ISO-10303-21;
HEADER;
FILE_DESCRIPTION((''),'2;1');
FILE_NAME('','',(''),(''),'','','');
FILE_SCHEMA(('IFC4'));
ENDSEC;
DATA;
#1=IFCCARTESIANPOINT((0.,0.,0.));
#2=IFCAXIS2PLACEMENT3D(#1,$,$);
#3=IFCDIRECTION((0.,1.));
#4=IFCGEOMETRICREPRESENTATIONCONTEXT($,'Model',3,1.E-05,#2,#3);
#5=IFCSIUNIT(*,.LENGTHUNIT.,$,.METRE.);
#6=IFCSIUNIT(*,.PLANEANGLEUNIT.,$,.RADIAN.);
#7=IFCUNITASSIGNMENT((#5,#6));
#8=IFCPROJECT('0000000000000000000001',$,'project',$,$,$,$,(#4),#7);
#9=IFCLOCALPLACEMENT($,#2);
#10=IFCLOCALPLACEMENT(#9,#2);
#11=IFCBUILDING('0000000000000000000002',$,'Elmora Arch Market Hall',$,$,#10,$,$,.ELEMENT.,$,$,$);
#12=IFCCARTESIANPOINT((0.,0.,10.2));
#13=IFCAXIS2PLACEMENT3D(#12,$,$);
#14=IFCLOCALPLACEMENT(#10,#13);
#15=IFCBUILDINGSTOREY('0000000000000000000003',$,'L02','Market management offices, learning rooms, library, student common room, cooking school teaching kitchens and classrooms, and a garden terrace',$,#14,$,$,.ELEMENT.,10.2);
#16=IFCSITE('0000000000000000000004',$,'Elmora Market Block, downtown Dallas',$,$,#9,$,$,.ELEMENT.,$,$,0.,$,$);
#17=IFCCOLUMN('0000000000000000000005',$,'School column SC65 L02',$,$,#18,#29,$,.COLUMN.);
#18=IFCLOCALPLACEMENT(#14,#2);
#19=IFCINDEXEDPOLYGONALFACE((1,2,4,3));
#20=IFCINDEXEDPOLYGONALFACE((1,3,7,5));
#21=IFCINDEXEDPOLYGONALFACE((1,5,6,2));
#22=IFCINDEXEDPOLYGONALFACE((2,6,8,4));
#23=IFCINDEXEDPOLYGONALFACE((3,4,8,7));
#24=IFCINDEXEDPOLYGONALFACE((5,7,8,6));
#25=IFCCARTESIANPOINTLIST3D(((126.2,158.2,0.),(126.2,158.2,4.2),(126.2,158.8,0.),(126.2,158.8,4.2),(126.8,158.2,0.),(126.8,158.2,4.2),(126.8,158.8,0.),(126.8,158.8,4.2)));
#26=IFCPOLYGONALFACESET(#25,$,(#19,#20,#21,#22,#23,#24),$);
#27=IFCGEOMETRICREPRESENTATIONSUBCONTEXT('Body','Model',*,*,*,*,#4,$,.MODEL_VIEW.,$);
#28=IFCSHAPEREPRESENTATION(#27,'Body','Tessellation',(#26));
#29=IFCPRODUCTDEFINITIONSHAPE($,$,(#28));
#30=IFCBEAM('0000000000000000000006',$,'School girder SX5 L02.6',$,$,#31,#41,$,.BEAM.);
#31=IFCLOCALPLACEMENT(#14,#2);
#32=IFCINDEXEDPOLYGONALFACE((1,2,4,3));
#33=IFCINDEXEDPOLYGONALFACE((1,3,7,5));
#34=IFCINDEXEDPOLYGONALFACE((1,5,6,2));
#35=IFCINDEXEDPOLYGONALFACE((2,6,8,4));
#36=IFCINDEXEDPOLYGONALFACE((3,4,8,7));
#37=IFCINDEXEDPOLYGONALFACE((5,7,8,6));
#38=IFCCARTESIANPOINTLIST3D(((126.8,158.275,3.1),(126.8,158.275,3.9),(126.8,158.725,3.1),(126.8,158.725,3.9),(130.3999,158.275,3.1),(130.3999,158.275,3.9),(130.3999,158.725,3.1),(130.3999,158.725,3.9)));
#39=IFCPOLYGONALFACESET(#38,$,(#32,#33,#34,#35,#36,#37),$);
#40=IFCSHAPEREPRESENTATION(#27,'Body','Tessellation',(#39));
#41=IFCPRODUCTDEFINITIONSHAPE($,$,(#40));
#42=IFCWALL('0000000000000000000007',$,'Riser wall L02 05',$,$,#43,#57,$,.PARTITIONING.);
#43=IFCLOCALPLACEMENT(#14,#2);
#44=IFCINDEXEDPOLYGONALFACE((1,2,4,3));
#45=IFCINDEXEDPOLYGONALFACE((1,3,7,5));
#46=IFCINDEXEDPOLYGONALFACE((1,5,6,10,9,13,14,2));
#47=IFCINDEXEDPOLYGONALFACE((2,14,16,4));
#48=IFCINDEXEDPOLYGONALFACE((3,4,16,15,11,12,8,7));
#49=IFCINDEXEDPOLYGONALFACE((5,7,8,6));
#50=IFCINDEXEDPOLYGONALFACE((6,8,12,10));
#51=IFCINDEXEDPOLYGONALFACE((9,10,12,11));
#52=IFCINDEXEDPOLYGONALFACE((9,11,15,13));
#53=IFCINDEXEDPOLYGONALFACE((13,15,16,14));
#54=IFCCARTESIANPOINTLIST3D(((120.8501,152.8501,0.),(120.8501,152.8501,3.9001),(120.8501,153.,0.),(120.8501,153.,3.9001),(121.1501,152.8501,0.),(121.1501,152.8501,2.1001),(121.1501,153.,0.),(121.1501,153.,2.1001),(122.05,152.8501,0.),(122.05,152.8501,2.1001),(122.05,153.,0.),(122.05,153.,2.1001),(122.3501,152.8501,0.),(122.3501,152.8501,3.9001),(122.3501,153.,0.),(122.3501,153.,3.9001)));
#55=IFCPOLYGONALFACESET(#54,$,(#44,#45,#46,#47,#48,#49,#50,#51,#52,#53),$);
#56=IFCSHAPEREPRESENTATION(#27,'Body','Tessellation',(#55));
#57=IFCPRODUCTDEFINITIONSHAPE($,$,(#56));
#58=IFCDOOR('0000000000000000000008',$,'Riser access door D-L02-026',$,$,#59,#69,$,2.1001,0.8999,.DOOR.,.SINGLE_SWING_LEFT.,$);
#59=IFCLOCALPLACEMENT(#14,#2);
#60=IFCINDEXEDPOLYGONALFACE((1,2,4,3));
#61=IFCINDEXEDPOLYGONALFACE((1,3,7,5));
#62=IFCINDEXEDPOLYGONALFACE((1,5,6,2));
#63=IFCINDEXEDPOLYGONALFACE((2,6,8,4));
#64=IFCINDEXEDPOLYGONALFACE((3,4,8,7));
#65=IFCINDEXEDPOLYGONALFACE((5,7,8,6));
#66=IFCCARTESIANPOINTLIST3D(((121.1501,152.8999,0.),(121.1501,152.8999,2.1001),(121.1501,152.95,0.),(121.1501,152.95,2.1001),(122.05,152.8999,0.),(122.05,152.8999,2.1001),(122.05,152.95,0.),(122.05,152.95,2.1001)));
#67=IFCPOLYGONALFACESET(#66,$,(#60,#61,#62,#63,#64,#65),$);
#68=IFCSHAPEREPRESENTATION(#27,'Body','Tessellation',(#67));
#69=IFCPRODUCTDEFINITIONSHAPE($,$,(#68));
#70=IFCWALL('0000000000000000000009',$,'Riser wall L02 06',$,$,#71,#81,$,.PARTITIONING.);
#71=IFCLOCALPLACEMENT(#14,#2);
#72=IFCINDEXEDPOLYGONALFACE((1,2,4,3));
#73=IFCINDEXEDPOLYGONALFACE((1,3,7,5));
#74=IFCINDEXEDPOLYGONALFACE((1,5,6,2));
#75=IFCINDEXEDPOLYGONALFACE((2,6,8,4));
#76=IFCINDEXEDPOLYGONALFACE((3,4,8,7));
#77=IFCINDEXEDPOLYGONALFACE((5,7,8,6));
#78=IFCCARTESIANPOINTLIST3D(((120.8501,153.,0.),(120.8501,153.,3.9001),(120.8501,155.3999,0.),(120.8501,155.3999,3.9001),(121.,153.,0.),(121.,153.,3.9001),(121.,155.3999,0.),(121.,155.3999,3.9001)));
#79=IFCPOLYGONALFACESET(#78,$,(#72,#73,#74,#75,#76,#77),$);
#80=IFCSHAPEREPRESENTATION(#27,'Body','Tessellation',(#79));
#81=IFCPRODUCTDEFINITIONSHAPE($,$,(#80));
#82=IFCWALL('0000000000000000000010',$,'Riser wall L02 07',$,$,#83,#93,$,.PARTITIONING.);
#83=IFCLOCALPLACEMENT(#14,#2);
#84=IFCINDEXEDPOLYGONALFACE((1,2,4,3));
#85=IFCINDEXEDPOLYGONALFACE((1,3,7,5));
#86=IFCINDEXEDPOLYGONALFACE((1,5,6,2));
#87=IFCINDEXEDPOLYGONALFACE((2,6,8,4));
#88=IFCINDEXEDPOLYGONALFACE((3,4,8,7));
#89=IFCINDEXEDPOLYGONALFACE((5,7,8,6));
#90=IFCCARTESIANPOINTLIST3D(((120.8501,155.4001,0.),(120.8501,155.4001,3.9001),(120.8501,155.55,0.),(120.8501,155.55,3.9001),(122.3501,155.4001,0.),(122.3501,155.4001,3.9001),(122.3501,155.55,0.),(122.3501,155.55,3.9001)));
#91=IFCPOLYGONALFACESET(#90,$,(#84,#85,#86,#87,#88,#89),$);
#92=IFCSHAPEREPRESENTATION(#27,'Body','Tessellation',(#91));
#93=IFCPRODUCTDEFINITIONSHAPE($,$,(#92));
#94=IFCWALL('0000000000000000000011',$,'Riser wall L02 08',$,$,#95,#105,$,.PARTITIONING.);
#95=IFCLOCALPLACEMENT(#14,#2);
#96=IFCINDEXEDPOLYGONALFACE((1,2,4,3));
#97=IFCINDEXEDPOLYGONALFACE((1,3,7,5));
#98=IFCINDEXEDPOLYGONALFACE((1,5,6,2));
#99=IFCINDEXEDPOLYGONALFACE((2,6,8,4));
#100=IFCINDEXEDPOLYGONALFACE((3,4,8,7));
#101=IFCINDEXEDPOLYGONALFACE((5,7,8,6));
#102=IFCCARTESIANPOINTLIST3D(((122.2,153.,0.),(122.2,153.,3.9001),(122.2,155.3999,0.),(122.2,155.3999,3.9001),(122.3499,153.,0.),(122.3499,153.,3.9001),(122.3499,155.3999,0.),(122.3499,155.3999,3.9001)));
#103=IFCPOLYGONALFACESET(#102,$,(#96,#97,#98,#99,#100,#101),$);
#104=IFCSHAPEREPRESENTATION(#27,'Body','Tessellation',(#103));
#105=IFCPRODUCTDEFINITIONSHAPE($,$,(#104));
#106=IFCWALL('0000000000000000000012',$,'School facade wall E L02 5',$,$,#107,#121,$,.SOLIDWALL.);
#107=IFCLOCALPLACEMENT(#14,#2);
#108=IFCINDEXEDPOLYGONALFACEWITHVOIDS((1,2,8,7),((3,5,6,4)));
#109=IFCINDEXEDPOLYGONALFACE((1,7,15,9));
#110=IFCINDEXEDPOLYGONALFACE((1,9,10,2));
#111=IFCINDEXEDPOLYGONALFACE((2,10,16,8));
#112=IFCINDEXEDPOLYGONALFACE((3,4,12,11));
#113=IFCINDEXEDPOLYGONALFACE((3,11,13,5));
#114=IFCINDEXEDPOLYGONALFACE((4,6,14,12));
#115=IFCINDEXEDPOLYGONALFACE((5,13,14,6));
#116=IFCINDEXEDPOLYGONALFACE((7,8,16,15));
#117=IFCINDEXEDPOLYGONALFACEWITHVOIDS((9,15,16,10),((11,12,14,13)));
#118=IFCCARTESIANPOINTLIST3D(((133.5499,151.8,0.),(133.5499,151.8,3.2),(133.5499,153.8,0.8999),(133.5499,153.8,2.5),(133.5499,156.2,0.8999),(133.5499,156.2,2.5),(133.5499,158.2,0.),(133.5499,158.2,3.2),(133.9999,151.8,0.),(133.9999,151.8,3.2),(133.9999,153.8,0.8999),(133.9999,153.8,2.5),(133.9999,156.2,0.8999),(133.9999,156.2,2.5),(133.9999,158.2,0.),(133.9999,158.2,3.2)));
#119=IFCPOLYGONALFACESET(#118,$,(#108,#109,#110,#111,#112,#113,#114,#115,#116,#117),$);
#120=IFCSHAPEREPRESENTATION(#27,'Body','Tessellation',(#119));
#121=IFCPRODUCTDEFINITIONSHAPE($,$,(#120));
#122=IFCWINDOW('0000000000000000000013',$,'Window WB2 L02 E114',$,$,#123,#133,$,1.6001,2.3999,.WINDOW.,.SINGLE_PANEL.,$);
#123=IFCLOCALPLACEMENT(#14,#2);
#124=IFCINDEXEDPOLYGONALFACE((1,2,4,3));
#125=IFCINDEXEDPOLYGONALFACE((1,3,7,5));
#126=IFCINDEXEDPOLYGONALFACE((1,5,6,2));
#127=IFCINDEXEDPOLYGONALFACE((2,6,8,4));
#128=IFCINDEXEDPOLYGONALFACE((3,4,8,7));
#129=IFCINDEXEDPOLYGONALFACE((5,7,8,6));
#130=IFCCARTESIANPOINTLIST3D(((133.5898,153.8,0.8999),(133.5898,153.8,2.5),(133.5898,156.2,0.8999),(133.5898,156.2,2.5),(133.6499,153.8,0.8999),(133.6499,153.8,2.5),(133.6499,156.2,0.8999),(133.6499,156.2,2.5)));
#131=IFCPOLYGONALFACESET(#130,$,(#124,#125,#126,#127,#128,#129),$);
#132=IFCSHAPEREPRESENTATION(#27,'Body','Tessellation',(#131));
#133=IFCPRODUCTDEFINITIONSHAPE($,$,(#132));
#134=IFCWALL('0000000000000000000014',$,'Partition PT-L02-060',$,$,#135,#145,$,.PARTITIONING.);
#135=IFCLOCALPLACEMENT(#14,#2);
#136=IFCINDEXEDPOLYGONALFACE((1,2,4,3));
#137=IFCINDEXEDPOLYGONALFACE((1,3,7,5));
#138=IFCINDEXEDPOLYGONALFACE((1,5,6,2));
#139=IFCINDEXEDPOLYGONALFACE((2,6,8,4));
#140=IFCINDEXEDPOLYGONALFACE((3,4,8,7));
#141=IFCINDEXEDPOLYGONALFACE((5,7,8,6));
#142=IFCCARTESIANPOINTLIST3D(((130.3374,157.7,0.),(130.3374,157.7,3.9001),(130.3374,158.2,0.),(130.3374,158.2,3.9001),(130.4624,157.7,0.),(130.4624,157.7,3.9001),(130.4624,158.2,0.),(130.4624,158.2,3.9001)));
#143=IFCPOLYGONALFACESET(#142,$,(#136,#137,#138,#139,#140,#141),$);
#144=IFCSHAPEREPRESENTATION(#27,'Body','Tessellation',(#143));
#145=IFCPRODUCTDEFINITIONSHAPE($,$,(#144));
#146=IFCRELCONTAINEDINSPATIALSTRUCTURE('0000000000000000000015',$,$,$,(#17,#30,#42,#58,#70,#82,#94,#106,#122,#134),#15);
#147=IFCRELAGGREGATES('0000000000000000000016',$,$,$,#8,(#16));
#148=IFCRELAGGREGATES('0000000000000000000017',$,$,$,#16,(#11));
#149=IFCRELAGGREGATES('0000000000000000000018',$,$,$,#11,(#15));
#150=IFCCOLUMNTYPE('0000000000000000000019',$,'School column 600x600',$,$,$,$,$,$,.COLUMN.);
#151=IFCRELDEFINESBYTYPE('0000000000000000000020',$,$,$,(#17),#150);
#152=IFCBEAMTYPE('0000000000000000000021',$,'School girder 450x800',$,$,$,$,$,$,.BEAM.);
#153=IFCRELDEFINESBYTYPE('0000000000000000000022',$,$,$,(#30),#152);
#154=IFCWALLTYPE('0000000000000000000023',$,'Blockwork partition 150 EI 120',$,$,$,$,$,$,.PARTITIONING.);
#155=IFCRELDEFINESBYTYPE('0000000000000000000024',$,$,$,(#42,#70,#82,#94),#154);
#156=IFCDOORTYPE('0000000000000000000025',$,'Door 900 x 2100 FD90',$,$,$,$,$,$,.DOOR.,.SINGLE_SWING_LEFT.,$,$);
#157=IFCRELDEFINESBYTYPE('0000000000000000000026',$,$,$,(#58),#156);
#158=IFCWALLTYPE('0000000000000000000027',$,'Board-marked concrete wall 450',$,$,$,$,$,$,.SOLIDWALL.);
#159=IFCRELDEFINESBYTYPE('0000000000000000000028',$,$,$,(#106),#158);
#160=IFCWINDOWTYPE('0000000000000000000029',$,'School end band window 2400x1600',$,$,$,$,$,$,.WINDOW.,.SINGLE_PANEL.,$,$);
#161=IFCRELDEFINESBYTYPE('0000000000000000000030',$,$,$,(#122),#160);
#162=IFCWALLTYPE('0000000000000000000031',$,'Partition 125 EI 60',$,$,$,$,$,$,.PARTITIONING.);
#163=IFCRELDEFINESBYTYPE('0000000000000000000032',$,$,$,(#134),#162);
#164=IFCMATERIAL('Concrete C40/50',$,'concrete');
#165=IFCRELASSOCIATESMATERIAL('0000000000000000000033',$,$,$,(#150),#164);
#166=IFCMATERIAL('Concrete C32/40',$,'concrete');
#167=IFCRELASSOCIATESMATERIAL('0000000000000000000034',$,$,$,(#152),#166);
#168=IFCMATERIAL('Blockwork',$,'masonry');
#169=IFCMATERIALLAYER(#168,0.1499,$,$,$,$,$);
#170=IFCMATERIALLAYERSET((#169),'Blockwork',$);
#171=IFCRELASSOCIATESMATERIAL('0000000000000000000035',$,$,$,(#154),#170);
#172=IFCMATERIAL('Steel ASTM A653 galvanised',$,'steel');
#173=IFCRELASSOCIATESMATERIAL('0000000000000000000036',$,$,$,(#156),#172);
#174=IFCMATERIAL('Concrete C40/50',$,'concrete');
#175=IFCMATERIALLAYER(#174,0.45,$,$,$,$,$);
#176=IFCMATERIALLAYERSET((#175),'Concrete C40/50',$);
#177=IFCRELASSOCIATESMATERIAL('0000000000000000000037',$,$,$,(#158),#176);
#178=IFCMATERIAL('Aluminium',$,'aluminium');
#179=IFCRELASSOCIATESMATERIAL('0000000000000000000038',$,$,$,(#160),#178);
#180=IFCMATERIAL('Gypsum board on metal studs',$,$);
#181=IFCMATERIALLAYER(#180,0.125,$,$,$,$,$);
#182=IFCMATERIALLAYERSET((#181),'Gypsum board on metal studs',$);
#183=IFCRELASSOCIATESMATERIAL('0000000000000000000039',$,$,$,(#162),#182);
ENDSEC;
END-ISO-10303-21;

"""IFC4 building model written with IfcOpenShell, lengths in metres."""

from ifc_helpers import new_model, si_unit, direction, frame, frame_2d, origin, origin_2d, place, context, subcontext, project, spatial, rectangle, extrude, material, layer, layer_set, material_profile, profile_set, type_object, element, fill, save


model = new_model("IFC4")

# Units and contexts
model_context = context("Model", 3, precision=1e-05, world=origin(), true_north=direction((0.0, 1.0)))
body_context = subcontext(model_context, "Body", "Model", "MODEL_VIEW")
ifc_project = project(units=[si_unit("LENGTHUNIT", "METRE"), si_unit("PLANEANGLEUNIT", "RADIAN")], contexts=[model_context])

# Site, building, storey
site_placement = place(None, origin())
site = spatial("IfcSite", under=ifc_project, at=site_placement, Name="Elmora Market Block, downtown Dallas", CompositionType="ELEMENT", RefElevation=0.0)
building_placement = place(site_placement, origin())
building = spatial("IfcBuilding", under=site, at=building_placement, Name="Elmora Arch Market Hall", CompositionType="ELEMENT")
storey_placement = place(building_placement, frame((0.0, 0.0, 10.2)))
storey = spatial("IfcBuildingStorey", under=building, at=storey_placement, Name="L02", Description="Market management offices, learning rooms, library, student common room, cooking school teaching kitchens and classrooms, and a garden terrace", CompositionType="ELEMENT", Elevation=10.2)

# Column
ifc_material_1 = material(Name="Concrete C40/50", Category="concrete")
ifc_material_profile_1 = material_profile(ifc_material_1, rectangle(XDim=0.6001, YDim=0.6001, at=origin_2d()), Name="School column 600x600")
ifc_profile_set_1 = profile_set([ifc_material_profile_1], Name="Concrete C40/50")
column_type = type_object("IfcColumnType", Name="School column 600x600", PredefinedType="COLUMN", material=ifc_profile_set_1)
column_placement = place(storey_placement, frame((126.5, 158.5, 0.0), z_axis=(0.0, 0.0, 1.0), x_axis=(1.0, 0.0, 0.0)))
element("IfcColumn", 1, at=column_placement, inside=storey, type_object=column_type, Name="School column SC65 L02", PredefinedType="COLUMN", context=body_context, shape_type="SweptSolid", body=[
    extrude(rectangle(XDim=0.6001, YDim=0.6001, at=origin_2d()), origin(), (0.0, 0.0, 1.0), 4.2),
])

# Beam
ifc_material_2 = material(Name="Concrete C32/40", Category="concrete")
ifc_material_profile_2 = material_profile(ifc_material_2, rectangle(XDim=0.45, YDim=0.8, at=origin_2d()), Name="School girder 450x800")
ifc_profile_set_2 = profile_set([ifc_material_profile_2], Name="Concrete C32/40")
beam_type = type_object("IfcBeamType", Name="School girder 450x800", PredefinedType="BEAM", material=ifc_profile_set_2)
beam_placement = place(storey_placement, frame((126.8, 158.5, 3.5), z_axis=(1.0, 0.0, 0.0), x_axis=(0.0, 1.0, 0.0)))
element("IfcBeam", 2, at=beam_placement, inside=storey, type_object=beam_type, Name="School girder SX5 L02.6", PredefinedType="BEAM", context=body_context, shape_type="SweptSolid", body=[
    extrude(rectangle(XDim=0.45, YDim=0.8, at=origin_2d()), origin(), (0.0, 0.0, 1.0), 3.5999),
])

# Wall, opening, door
ifc_material_3 = material(Name="Blockwork", Category="masonry")
ifc_layer_1 = layer(ifc_material_3, 0.1499)
ifc_layer_set_1 = layer_set([ifc_layer_1], Name="Blockwork")
wall_type_1 = type_object("IfcWallType", Name="Blockwork partition 150 EI 120", PredefinedType="PARTITIONING", material=ifc_layer_set_1)
wall_1_placement = place(storey_placement, frame((120.8501, 152.925, 0.0), z_axis=(0.0, 0.0, 1.0), x_axis=(1.0, 0.0, 0.0)))
wall_1 = element("IfcWall", 3, at=wall_1_placement, inside=storey, type_object=wall_type_1, Name="Riser wall L02 05", PredefinedType="PARTITIONING", context=body_context, shape_type="SweptSolid", body=[
    extrude(rectangle(XDim=1.5, YDim=0.1499, at=frame_2d((0.75, 0.0))), origin(), (0.0, 0.0, 1.0), 3.9001),
])
opening_1_placement = place(wall_1_placement, frame((0.3, 0.0, 0.0)))
opening_1 = element("IfcOpeningElement", 4, at=opening_1_placement, cuts=wall_1, PredefinedType="OPENING", context=body_context, shape_type="SweptSolid", body=[
    extrude(rectangle(XDim=0.8999, YDim=2.1001, at=frame_2d((0.45, 1.05))), frame((0.0, 0.085, 0.0), z_axis=(0.0, -1.0, 0.0), x_axis=(1.0, 0.0, 0.0)), (0.0, 0.0, 1.0), 0.1699),
])
ifc_material_4 = material(Name="Steel ASTM A653 galvanised", Category="steel")
door_type_1 = type_object("IfcDoorType", Name="Door 900 x 2100 FD90", OperationType="SINGLE_SWING_LEFT", PredefinedType="DOOR", material=ifc_material_4)
door_1_placement = place(opening_1_placement, origin())
door_1 = element("IfcDoor", 5, at=door_1_placement, inside=storey, type_object=door_type_1, Name="Riser access door D-L02-026", OperationType="SINGLE_SWING_LEFT", OverallHeight=2.1001, OverallWidth=0.8999, PredefinedType="DOOR", context=body_context, shape_type="SweptSolid", body=[
    extrude(rectangle(XDim=0.8999, YDim=2.1001, at=frame_2d((0.45, 1.05))), frame((0.0, 0.0249, 0.0), z_axis=(0.0, -1.0, 0.0), x_axis=(1.0, 0.0, 0.0)), (0.0, 0.0, 1.0), 0.05),
])
fill(opening_1, door_1)

# Walls
wall_2_placement = place(storey_placement, frame((120.925, 153.0, 0.0), z_axis=(0.0, 0.0, 1.0), x_axis=(0.0, 1.0, 0.0)))
element("IfcWall", 6, at=wall_2_placement, inside=storey, type_object=wall_type_1, Name="Riser wall L02 06", PredefinedType="PARTITIONING", context=body_context, shape_type="SweptSolid", body=[
    extrude(rectangle(XDim=2.3999, YDim=0.1499, at=frame_2d((1.2, 0.0))), origin(), (0.0, 0.0, 1.0), 3.9001),
])
wall_3_placement = place(storey_placement, frame((120.8501, 155.4751, 0.0), z_axis=(0.0, 0.0, 1.0), x_axis=(1.0, 0.0, 0.0)))
element("IfcWall", 7, at=wall_3_placement, inside=storey, type_object=wall_type_1, Name="Riser wall L02 07", PredefinedType="PARTITIONING", context=body_context, shape_type="SweptSolid", body=[
    extrude(rectangle(XDim=1.5, YDim=0.1499, at=frame_2d((0.75, 0.0))), origin(), (0.0, 0.0, 1.0), 3.9001),
])
wall_4_placement = place(storey_placement, frame((122.2749, 153.0, 0.0), z_axis=(0.0, 0.0, 1.0), x_axis=(0.0, 1.0, 0.0)))
element("IfcWall", 8, at=wall_4_placement, inside=storey, type_object=wall_type_1, Name="Riser wall L02 08", PredefinedType="PARTITIONING", context=body_context, shape_type="SweptSolid", body=[
    extrude(rectangle(XDim=2.3999, YDim=0.1499, at=frame_2d((1.2, 0.0))), origin(), (0.0, 0.0, 1.0), 3.9001),
])

# Wall, opening, window
ifc_material_5 = material(Name="Concrete C40/50", Category="concrete")
ifc_layer_2 = layer(ifc_material_5, 0.45)
ifc_layer_set_2 = layer_set([ifc_layer_2], Name="Concrete C40/50")
wall_type_2 = type_object("IfcWallType", Name="Board-marked concrete wall 450", PredefinedType="SOLIDWALL", material=ifc_layer_set_2)
wall_5_placement = place(storey_placement, frame((133.7749, 158.2, 0.0), z_axis=(0.0, 0.0, 1.0), x_axis=(0.0, -1.0, 0.0)))
wall_5 = element("IfcWall", 9, at=wall_5_placement, inside=storey, type_object=wall_type_2, Name="School facade wall E L02 5", PredefinedType="SOLIDWALL", context=body_context, shape_type="SweptSolid", body=[
    extrude(rectangle(XDim=6.3999, YDim=0.45, at=frame_2d((3.2, 0.0))), origin(), (0.0, 0.0, 1.0), 3.2),
])
opening_2_placement = place(wall_5_placement, frame((2.0, 0.0, 0.8999)))
opening_2 = element("IfcOpeningElement", 10, at=opening_2_placement, cuts=wall_5, PredefinedType="OPENING", context=body_context, shape_type="SweptSolid", body=[
    extrude(rectangle(XDim=2.3999, YDim=1.6001, at=frame_2d((1.2, 0.8))), frame((0.0, 0.2349, 0.0), z_axis=(0.0, -1.0, 0.0), x_axis=(1.0, 0.0, 0.0)), (0.0, 0.0, 1.0), 0.47),
])
ifc_material_6 = material(Name="Aluminium", Category="aluminium")
window_type = type_object("IfcWindowType", Name="School end band window 2400x1600", PartitioningType="SINGLE_PANEL", PredefinedType="WINDOW", material=ifc_material_6)
window_placement = place(opening_2_placement, origin())
window = element("IfcWindow", 11, at=window_placement, inside=storey, type_object=window_type, Name="Window WB2 L02 E114", OverallHeight=1.6001, OverallWidth=2.3999, PartitioningType="SINGLE_PANEL", PredefinedType="WINDOW", context=body_context, shape_type="SweptSolid", body=[
    extrude(rectangle(XDim=2.3999, YDim=1.6001, at=frame_2d((1.2, 0.8))), frame((0.0, -0.125, 0.0), z_axis=(0.0, -1.0, 0.0), x_axis=(1.0, 0.0, 0.0)), (0.0, 0.0, 1.0), 0.0601),
])
fill(opening_2, window)

# Wall
ifc_material_7 = material(Name="Gypsum board on metal studs")
ifc_layer_3 = layer(ifc_material_7, 0.125)
ifc_layer_set_3 = layer_set([ifc_layer_3], Name="Gypsum board on metal studs")
wall_type_3 = type_object("IfcWallType", Name="Partition 125 EI 60", PredefinedType="PARTITIONING", material=ifc_layer_set_3)
wall_6_placement = place(storey_placement, frame((130.3999, 157.7, 0.0), z_axis=(0.0, 0.0, 1.0), x_axis=(0.0, 1.0, 0.0)))
element("IfcWall", 12, at=wall_6_placement, inside=storey, type_object=wall_type_3, Name="Partition PT-L02-060", PredefinedType="PARTITIONING", context=body_context, shape_type="SweptSolid", body=[
    extrude(rectangle(XDim=0.5, YDim=0.125, at=frame_2d((0.25, 0.0))), origin(), (0.0, 0.0, 1.0), 3.9001),
])

save(model, "model.ifc")
